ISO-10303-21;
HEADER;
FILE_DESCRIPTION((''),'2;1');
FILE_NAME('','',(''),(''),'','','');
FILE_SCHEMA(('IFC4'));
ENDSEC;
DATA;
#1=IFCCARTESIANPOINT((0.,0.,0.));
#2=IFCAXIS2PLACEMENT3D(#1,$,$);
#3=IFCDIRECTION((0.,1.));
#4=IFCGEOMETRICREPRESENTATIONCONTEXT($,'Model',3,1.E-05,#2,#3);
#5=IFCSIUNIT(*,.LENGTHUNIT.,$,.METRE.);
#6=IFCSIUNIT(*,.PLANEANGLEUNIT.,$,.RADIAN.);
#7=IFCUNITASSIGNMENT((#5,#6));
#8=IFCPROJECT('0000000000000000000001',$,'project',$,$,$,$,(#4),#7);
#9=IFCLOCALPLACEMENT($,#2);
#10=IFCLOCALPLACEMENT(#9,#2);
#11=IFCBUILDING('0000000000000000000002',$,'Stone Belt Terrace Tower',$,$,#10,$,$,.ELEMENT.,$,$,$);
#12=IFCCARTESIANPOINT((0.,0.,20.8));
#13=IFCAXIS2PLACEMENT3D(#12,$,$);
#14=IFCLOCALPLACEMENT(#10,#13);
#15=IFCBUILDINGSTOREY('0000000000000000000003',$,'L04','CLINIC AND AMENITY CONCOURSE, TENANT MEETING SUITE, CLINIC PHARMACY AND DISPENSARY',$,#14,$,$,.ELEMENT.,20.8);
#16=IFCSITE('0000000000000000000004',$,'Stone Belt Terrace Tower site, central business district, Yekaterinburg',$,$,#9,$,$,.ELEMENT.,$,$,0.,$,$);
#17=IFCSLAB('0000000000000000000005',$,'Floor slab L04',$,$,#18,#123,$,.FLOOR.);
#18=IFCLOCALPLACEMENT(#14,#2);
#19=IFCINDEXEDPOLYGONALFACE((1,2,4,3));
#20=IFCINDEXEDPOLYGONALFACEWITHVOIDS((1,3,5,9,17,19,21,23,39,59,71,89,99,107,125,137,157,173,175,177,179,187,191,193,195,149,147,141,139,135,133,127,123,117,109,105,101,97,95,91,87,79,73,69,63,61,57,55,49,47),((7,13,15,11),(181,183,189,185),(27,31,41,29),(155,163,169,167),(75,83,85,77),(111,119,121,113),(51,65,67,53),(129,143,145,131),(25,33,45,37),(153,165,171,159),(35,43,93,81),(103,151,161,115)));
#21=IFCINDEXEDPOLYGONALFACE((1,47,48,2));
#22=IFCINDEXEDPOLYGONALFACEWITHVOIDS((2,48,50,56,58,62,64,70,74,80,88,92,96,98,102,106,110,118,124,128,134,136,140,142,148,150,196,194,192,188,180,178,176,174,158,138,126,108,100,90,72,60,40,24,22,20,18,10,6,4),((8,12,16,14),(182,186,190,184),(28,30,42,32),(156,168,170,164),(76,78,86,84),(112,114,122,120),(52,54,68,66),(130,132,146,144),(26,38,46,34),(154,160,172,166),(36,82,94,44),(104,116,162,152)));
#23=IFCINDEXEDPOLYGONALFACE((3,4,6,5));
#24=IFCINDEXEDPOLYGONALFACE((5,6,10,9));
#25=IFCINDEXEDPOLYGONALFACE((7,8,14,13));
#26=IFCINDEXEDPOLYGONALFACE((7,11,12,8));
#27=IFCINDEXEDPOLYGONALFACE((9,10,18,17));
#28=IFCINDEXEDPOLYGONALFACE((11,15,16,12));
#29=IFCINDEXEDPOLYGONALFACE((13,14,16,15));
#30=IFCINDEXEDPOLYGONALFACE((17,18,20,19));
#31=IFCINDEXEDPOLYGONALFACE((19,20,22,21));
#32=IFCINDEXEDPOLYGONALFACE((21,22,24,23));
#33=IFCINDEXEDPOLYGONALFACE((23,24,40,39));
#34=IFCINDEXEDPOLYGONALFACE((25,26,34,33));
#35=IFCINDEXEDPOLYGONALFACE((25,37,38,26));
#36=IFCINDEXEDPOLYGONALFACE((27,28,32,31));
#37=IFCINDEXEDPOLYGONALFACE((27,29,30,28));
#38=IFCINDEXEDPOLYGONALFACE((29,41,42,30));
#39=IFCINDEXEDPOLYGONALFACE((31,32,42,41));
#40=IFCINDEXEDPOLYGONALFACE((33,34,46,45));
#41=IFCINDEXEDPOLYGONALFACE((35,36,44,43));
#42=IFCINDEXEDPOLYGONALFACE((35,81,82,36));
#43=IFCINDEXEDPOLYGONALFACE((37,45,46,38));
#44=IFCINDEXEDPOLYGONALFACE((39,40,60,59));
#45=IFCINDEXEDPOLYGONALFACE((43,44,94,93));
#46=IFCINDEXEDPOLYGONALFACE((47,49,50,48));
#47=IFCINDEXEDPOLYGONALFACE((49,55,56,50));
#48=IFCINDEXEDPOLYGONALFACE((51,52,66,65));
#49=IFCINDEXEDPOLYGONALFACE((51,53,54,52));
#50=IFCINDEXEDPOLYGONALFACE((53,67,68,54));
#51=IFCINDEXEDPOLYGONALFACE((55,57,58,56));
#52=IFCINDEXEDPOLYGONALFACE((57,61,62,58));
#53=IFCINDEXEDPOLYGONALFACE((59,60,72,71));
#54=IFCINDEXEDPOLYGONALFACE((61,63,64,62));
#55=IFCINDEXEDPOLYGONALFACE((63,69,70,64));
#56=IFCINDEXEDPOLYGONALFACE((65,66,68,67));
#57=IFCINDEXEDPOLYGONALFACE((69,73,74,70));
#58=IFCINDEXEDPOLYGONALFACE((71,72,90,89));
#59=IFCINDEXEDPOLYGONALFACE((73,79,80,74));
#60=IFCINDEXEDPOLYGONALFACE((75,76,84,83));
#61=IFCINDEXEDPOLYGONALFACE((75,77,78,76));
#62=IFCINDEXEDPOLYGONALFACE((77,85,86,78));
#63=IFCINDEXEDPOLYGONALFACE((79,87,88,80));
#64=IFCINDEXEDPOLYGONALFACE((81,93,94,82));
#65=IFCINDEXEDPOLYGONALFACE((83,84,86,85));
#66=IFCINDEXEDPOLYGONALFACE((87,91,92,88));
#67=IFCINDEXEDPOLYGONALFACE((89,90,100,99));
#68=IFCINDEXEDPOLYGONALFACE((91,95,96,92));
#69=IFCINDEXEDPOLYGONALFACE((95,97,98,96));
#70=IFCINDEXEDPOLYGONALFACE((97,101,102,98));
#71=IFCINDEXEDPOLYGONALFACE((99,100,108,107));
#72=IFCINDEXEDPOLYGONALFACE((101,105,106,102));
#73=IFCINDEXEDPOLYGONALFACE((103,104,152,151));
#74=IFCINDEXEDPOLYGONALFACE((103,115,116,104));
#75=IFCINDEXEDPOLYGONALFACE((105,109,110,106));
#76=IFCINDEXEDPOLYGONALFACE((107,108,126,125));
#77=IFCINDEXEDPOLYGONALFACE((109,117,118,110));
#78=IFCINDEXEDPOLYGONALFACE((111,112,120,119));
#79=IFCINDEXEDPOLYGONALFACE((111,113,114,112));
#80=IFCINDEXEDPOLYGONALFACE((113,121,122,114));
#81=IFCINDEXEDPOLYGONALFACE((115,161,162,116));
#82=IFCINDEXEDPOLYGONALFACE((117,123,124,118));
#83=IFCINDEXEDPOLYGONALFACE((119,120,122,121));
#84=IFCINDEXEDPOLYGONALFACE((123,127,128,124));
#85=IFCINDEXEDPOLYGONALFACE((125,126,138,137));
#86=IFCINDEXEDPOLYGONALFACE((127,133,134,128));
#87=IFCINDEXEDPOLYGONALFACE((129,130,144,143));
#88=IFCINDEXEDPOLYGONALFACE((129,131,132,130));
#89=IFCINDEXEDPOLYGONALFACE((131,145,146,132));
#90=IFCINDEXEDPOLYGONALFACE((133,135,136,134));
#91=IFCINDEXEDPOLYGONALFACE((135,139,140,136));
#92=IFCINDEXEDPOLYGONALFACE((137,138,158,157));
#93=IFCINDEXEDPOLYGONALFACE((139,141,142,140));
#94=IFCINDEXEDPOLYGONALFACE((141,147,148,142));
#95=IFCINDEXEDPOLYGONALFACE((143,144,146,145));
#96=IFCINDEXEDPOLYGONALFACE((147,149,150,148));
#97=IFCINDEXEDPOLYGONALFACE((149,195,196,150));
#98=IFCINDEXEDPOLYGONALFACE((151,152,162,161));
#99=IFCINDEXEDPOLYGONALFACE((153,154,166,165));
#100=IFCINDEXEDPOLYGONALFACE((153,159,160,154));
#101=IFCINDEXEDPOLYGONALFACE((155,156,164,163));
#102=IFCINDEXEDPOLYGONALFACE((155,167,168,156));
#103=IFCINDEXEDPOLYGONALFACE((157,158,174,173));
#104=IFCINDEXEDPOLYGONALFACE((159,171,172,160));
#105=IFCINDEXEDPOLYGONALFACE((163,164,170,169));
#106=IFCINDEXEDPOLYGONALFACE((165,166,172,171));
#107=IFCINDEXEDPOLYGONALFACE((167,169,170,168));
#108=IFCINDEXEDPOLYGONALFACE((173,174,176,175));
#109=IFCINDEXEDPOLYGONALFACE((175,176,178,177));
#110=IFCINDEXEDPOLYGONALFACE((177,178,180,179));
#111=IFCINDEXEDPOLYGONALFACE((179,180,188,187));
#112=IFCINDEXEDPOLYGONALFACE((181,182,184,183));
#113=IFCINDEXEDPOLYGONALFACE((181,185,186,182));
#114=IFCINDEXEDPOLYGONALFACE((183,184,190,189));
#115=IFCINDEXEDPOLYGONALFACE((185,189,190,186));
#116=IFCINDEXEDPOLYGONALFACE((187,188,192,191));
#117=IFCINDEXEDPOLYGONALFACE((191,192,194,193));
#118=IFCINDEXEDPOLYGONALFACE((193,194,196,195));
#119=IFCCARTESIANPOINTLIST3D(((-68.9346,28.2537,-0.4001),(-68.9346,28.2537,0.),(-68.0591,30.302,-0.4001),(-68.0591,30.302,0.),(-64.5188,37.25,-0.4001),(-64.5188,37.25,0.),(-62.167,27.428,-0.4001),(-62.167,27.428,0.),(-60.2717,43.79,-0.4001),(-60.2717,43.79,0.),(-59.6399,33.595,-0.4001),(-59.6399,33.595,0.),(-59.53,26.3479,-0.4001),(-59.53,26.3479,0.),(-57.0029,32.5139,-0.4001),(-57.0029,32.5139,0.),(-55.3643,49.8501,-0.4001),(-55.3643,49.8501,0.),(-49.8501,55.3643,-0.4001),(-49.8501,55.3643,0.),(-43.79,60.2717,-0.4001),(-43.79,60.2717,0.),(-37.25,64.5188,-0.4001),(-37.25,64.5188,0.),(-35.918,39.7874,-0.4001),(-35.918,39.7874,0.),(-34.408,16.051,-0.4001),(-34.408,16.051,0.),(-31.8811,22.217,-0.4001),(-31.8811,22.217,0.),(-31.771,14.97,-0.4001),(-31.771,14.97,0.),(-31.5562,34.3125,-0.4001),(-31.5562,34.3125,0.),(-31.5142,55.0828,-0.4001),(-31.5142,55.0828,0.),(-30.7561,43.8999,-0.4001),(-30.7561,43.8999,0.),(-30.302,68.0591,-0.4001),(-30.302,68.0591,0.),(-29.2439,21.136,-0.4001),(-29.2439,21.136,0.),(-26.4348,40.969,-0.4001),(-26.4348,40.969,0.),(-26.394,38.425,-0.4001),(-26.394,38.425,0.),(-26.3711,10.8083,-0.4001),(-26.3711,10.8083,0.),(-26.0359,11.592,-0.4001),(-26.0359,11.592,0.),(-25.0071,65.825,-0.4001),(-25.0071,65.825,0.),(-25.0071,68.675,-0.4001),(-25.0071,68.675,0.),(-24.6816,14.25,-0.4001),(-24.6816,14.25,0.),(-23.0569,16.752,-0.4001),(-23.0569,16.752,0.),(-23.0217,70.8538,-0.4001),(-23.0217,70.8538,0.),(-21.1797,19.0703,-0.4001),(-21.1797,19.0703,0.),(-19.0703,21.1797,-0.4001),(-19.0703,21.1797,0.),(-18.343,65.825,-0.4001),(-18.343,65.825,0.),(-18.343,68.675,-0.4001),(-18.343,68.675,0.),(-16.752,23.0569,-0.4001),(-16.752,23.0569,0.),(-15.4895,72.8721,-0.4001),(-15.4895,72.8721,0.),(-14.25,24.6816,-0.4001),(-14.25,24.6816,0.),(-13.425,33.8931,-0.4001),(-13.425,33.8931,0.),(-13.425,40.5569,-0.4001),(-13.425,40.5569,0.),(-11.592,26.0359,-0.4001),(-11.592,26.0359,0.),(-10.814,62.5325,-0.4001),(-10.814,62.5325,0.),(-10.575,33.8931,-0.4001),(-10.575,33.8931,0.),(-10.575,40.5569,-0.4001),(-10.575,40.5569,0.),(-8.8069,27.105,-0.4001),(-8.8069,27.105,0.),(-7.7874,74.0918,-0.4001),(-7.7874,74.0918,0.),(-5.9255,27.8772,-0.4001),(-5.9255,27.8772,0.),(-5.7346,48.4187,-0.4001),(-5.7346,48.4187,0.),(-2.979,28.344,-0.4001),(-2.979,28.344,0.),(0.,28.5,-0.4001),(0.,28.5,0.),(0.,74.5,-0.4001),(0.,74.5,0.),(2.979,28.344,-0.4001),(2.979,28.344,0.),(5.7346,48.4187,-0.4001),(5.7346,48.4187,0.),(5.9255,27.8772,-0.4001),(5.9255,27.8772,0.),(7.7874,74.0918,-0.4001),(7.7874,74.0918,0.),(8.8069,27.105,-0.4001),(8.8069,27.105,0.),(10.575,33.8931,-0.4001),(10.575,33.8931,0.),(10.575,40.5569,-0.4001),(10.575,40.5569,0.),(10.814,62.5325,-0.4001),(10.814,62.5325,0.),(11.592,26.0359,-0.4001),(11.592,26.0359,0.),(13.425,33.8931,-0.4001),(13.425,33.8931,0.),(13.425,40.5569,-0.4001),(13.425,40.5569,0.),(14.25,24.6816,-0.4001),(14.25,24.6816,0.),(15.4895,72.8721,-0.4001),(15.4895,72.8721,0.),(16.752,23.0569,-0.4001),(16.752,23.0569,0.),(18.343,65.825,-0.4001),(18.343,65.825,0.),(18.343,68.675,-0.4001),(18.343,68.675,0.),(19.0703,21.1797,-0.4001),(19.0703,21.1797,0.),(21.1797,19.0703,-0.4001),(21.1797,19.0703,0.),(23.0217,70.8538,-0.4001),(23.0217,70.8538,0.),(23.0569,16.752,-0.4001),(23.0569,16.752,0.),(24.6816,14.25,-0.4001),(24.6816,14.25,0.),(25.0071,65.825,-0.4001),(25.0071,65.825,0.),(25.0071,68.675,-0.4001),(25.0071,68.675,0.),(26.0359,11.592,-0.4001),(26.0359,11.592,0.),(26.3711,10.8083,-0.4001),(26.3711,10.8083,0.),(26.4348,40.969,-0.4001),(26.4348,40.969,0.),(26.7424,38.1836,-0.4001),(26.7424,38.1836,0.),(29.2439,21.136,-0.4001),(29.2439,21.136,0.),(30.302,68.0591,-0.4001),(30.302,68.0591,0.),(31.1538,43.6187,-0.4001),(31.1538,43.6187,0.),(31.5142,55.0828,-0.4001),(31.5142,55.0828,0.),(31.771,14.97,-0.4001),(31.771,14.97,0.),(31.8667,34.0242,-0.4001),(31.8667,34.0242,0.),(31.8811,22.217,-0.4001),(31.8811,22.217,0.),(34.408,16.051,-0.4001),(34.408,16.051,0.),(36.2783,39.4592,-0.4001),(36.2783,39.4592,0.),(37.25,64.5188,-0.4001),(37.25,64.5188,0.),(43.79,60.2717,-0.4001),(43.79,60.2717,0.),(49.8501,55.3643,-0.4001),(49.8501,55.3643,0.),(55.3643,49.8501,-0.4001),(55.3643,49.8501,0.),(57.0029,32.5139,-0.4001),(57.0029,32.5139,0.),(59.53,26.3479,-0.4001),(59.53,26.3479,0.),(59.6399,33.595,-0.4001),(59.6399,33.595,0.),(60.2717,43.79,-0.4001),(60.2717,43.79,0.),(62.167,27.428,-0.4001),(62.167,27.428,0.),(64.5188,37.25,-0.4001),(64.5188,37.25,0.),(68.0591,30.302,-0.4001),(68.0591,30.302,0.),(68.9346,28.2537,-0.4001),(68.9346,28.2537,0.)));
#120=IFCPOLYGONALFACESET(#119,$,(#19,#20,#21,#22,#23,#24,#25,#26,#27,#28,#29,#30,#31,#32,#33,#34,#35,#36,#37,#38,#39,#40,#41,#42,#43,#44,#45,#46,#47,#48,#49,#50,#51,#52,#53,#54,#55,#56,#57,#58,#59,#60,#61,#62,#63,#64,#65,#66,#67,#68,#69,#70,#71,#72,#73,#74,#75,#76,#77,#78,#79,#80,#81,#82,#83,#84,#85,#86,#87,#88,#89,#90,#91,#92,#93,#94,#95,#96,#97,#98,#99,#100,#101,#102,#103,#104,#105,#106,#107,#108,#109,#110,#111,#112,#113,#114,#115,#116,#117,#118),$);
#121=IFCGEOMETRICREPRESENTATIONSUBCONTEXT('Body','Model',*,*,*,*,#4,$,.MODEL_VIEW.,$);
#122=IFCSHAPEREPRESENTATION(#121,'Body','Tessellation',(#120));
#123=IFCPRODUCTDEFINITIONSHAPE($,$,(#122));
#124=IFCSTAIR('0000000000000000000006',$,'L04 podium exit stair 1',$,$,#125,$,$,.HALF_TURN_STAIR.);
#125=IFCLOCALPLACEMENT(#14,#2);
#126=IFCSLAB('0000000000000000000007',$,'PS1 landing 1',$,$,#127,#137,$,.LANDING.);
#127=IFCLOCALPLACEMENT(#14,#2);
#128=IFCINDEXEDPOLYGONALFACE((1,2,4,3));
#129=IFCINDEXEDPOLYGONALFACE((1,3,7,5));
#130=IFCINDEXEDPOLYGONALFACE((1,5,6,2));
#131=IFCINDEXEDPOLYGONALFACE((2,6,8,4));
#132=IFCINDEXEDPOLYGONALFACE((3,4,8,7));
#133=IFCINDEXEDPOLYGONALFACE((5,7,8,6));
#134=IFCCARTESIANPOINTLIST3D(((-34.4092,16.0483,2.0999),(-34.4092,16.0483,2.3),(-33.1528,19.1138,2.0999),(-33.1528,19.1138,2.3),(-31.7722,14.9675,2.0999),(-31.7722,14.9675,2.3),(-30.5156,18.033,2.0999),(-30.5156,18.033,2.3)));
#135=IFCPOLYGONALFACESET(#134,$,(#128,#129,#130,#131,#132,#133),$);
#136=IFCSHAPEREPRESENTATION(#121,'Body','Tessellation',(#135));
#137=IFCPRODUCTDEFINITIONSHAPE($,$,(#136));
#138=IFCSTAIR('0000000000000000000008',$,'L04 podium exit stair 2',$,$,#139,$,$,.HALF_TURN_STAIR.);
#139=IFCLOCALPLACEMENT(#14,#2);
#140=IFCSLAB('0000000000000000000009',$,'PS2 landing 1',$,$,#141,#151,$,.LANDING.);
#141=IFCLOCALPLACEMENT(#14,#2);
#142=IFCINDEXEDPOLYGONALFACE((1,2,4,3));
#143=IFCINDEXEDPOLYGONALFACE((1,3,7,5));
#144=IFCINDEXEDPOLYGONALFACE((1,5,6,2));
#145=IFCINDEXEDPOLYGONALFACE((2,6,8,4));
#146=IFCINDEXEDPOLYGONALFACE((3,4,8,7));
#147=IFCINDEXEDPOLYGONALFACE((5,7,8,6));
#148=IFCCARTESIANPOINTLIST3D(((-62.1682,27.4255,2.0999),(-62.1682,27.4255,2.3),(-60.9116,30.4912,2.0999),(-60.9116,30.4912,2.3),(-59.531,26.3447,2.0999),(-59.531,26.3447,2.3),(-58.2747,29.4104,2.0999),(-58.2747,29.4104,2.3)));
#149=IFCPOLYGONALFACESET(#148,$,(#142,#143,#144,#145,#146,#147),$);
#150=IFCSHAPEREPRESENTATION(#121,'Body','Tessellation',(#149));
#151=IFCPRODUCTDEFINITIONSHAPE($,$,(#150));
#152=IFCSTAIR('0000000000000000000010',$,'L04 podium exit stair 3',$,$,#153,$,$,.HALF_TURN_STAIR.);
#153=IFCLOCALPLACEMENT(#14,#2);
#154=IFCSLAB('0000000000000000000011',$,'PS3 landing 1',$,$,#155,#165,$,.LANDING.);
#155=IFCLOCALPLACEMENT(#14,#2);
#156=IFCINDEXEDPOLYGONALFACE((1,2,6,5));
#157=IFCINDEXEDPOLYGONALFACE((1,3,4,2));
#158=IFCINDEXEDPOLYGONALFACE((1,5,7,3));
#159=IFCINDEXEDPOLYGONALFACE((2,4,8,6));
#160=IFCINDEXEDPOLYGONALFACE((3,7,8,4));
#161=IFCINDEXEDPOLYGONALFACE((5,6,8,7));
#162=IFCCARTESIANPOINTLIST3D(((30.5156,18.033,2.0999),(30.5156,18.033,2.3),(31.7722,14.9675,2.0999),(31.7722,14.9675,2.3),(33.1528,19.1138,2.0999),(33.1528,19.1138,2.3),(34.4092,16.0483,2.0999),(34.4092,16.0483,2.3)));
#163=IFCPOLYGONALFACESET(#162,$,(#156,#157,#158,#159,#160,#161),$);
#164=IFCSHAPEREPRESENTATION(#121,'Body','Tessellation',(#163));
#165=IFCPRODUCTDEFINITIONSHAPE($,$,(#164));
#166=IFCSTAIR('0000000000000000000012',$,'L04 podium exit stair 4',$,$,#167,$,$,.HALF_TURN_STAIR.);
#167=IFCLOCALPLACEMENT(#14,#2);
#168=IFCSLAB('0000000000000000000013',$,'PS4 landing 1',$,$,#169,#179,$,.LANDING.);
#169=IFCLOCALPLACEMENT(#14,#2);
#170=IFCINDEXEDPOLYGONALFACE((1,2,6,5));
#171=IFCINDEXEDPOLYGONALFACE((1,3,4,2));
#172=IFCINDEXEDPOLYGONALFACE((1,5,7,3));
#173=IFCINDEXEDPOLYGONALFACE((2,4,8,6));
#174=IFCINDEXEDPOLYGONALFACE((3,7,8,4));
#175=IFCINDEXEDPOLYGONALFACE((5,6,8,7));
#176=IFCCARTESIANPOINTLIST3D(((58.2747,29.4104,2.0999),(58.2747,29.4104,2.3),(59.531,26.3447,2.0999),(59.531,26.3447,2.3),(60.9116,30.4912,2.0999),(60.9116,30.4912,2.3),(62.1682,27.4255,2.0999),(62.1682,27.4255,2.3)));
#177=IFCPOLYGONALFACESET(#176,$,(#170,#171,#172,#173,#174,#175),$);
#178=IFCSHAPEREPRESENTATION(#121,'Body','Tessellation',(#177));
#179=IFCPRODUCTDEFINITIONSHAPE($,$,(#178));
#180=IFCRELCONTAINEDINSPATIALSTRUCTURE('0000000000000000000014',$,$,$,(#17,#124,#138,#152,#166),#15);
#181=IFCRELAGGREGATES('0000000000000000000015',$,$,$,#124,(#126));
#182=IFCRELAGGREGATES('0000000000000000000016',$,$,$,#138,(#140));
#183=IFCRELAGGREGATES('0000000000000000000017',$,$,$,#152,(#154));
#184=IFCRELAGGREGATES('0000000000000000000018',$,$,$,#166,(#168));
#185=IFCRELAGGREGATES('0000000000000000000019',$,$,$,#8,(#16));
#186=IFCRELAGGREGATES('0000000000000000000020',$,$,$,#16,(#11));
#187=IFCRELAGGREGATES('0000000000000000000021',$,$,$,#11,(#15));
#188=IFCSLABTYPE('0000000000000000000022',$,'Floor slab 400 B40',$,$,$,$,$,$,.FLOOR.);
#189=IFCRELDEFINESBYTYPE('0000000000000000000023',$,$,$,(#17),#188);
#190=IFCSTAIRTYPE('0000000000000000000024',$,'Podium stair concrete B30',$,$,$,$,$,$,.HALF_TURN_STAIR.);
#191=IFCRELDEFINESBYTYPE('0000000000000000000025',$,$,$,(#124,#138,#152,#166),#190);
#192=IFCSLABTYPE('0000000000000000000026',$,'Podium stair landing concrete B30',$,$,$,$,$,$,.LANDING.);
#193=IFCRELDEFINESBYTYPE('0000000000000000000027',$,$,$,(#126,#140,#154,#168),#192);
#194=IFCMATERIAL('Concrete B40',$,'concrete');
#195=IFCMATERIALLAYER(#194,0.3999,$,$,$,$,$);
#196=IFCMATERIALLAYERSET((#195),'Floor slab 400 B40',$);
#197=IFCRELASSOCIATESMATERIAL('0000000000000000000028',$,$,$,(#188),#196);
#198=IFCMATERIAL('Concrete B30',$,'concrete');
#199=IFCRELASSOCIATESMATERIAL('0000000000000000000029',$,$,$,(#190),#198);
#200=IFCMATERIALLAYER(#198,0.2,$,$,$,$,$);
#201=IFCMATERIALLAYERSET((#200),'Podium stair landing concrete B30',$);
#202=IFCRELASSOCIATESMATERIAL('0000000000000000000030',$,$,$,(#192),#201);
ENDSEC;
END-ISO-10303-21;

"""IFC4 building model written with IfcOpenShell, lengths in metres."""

from ifc_helpers import new_model, si_unit, direction, frame, origin, place, context, subcontext, project, spatial, polyline, outline, extrude, material, layer, layer_set, type_object, element, aggregate, save


model = new_model("IFC4")

# Units and contexts
model_context = context("Model", 3, precision=1e-05, world=origin(), true_north=direction((0.0, 1.0)))
body_context = subcontext(model_context, "Body", "Model", "MODEL_VIEW")
ifc_project = project(units=[si_unit("LENGTHUNIT", "METRE"), si_unit("PLANEANGLEUNIT", "RADIAN")], contexts=[model_context])

# Site, building, storey
site_placement = place(None, origin())
site = spatial("IfcSite", under=ifc_project, at=site_placement, Name="Stone Belt Terrace Tower site, central business district, Yekaterinburg", CompositionType="ELEMENT", RefElevation=0.0)
building_placement = place(site_placement, origin())
building = spatial("IfcBuilding", under=site, at=building_placement, Name="Stone Belt Terrace Tower", CompositionType="ELEMENT")
storey_placement = place(building_placement, frame((0.0, 0.0, 20.8)))
storey = spatial("IfcBuildingStorey", under=building, at=storey_placement, Name="L04", Description="CLINIC AND AMENITY CONCOURSE, TENANT MEETING SUITE, CLINIC PHARMACY AND DISPENSARY", CompositionType="ELEMENT", Elevation=20.8)

# Slab
ifc_material_1 = material(Name="Concrete B40", Category="concrete")
ifc_layer_1 = layer(ifc_material_1, 0.3999)
ifc_layer_set_1 = layer_set([ifc_layer_1], Name="Floor slab 400 B40")
slab_type_1 = type_object("IfcSlabType", Name="Floor slab 400 B40", PredefinedType="FLOOR", material=ifc_layer_set_1)
slab_1_placement = place(storey_placement, frame((0.0, 0.0, -0.4001)))
element("IfcSlab", 1, at=slab_1_placement, inside=storey, type_object=slab_type_1, Name="Floor slab L04", PredefinedType="FLOOR", context=body_context, shape_type="SweptSolid", body=[
    extrude(outline(polyline([(-7.7874, 74.0918), (0.0, 74.5), (7.7874, 74.0918), (15.4895, 72.8721), (23.0217, 70.8538), (30.302, 68.0591), (37.25, 64.5188), (43.79, 60.2717), (49.8501, 55.3643), (55.3643, 49.8501), (60.2717, 43.79), (64.5188, 37.25), (68.0591, 30.302), (68.9346, 28.2537), (26.3711, 10.8083), (26.0359, 11.592), (24.6816, 14.25), (23.0569, 16.752), (21.1797, 19.0703), (19.0703, 21.1797), (16.752, 23.0569), (14.25, 24.6816), (11.592, 26.0359), (8.8069, 27.105), (5.9255, 27.8772), (2.979, 28.344), (0.0, 28.5), (-2.979, 28.344), (-5.9255, 27.8772), (-8.8069, 27.105), (-11.592, 26.0359), (-14.25, 24.6816), (-16.752, 23.0569), (-19.0703, 21.1797), (-21.1797, 19.0703), (-23.0569, 16.752), (-24.6816, 14.25), (-26.0359, 11.592), (-26.3711, 10.8083), (-68.9346, 28.2537), (-68.0591, 30.302), (-64.5188, 37.25), (-60.2717, 43.79), (-55.3643, 49.8501), (-49.8501, 55.3643), (-43.79, 60.2717), (-37.25, 64.5188), (-30.302, 68.0591), (-23.0217, 70.8538), (-15.4895, 72.8721), (-7.7874, 74.0918)]), holes=[polyline([(-26.4348, 40.969), (-5.7346, 48.4187), (-10.814, 62.5325), (-31.5142, 55.0828), (-26.4348, 40.969)]), polyline([(10.814, 62.5325), (5.7346, 48.4187), (26.4348, 40.969), (31.5142, 55.0828), (10.814, 62.5325)]), polyline([(-31.771, 14.97), (-29.2439, 21.136), (-31.8811, 22.217), (-34.408, 16.051), (-31.771, 14.97)]), polyline([(-62.167, 27.428), (-59.53, 26.3479), (-57.0029, 32.5139), (-59.6399, 33.595), (-62.167, 27.428)]), polyline([(29.2439, 21.136), (31.771, 14.97), (34.408, 16.051), (31.8811, 22.217), (29.2439, 21.136)]), polyline([(59.6399, 33.595), (57.0029, 32.5139), (59.53, 26.3479), (62.167, 27.428), (59.6399, 33.595)]), polyline([(-13.425, 40.5569), (-13.425, 33.8931), (-10.575, 33.8931), (-10.575, 40.5569), (-13.425, 40.5569)]), polyline([(13.425, 40.5569), (10.575, 40.5569), (10.575, 33.8931), (13.425, 33.8931), (13.425, 40.5569)]), polyline([(-18.343, 68.675), (-25.0071, 68.675), (-25.0071, 65.825), (-18.343, 65.825), (-18.343, 68.675)]), polyline([(18.343, 68.675), (18.343, 65.825), (25.0071, 65.825), (25.0071, 68.675), (18.343, 68.675)]), polyline([(-35.918, 39.7874), (-31.5562, 34.3125), (-26.394, 38.425), (-30.7561, 43.8999), (-35.918, 39.7874)]), polyline([(36.2783, 39.4592), (31.1538, 43.6187), (26.7424, 38.1836), (31.8667, 34.0242), (36.2783, 39.4592)])]), origin(), (0.0, 0.0, 1.0), 0.4001),
])

# Stairs, slabs
ifc_material_2 = material(Name="Concrete B30", Category="concrete")
stair_type = type_object("IfcStairType", Name="Podium stair concrete B30", PredefinedType="HALF_TURN_STAIR", material=ifc_material_2)
stair_1_placement = place(storey_placement, origin())
stair_1 = element("IfcStair", 2, at=stair_1_placement, inside=storey, type_object=stair_type, Name="L04 podium exit stair 1", PredefinedType="HALF_TURN_STAIR")
ifc_layer_2 = layer(ifc_material_2, 0.2)
ifc_layer_set_2 = layer_set([ifc_layer_2], Name="Podium stair landing concrete B30")
slab_type_2 = type_object("IfcSlabType", Name="Podium stair landing concrete B30", PredefinedType="LANDING", material=ifc_layer_set_2)
slab_2_placement = place(storey_placement, frame((0.0, 0.0, 2.0999)))
slab_2 = element("IfcSlab", 3, at=slab_2_placement, type_object=slab_type_2, Name="PS1 landing 1", PredefinedType="LANDING", context=body_context, shape_type="SweptSolid", body=[
    extrude(outline(polyline([(-33.1528, 19.1138), (-34.4092, 16.0483), (-31.7722, 14.9675), (-30.5156, 18.033), (-33.1528, 19.1138)])), origin(), (0.0, 0.0, 1.0), 0.2002),
])
aggregate(stair_1, [slab_2])
stair_2_placement = place(storey_placement, origin())
stair_2 = element("IfcStair", 4, at=stair_2_placement, inside=storey, type_object=stair_type, Name="L04 podium exit stair 2", PredefinedType="HALF_TURN_STAIR")
slab_3_placement = place(storey_placement, frame((0.0, 0.0, 2.0999)))
slab_3 = element("IfcSlab", 5, at=slab_3_placement, type_object=slab_type_2, Name="PS2 landing 1", PredefinedType="LANDING", context=body_context, shape_type="SweptSolid", body=[
    extrude(outline(polyline([(-60.9116, 30.4912), (-62.1682, 27.4255), (-59.531, 26.3447), (-58.2747, 29.4104), (-60.9116, 30.4912)])), origin(), (0.0, 0.0, 1.0), 0.2002),
])
aggregate(stair_2, [slab_3])
stair_3_placement = place(storey_placement, origin())
stair_3 = element("IfcStair", 6, at=stair_3_placement, inside=storey, type_object=stair_type, Name="L04 podium exit stair 3", PredefinedType="HALF_TURN_STAIR")
slab_4_placement = place(storey_placement, frame((0.0, 0.0, 2.0999)))
slab_4 = element("IfcSlab", 7, at=slab_4_placement, type_object=slab_type_2, Name="PS3 landing 1", PredefinedType="LANDING", context=body_context, shape_type="SweptSolid", body=[
    extrude(outline(polyline([(30.5156, 18.033), (31.7722, 14.9675), (34.4092, 16.0483), (33.1528, 19.1138), (30.5156, 18.033)])), origin(), (0.0, 0.0, 1.0), 0.2002),
])
aggregate(stair_3, [slab_4])
stair_4_placement = place(storey_placement, origin())
stair_4 = element("IfcStair", 8, at=stair_4_placement, inside=storey, type_object=stair_type, Name="L04 podium exit stair 4", PredefinedType="HALF_TURN_STAIR")
slab_5_placement = place(storey_placement, frame((0.0, 0.0, 2.0999)))
slab_5 = element("IfcSlab", 9, at=slab_5_placement, type_object=slab_type_2, Name="PS4 landing 1", PredefinedType="LANDING", context=body_context, shape_type="SweptSolid", body=[
    extrude(outline(polyline([(58.2747, 29.4104), (59.531, 26.3447), (62.1682, 27.4255), (60.9116, 30.4912), (58.2747, 29.4104)])), origin(), (0.0, 0.0, 1.0), 0.2002),
])
aggregate(stair_4, [slab_5])

save(model, "model.ifc")
